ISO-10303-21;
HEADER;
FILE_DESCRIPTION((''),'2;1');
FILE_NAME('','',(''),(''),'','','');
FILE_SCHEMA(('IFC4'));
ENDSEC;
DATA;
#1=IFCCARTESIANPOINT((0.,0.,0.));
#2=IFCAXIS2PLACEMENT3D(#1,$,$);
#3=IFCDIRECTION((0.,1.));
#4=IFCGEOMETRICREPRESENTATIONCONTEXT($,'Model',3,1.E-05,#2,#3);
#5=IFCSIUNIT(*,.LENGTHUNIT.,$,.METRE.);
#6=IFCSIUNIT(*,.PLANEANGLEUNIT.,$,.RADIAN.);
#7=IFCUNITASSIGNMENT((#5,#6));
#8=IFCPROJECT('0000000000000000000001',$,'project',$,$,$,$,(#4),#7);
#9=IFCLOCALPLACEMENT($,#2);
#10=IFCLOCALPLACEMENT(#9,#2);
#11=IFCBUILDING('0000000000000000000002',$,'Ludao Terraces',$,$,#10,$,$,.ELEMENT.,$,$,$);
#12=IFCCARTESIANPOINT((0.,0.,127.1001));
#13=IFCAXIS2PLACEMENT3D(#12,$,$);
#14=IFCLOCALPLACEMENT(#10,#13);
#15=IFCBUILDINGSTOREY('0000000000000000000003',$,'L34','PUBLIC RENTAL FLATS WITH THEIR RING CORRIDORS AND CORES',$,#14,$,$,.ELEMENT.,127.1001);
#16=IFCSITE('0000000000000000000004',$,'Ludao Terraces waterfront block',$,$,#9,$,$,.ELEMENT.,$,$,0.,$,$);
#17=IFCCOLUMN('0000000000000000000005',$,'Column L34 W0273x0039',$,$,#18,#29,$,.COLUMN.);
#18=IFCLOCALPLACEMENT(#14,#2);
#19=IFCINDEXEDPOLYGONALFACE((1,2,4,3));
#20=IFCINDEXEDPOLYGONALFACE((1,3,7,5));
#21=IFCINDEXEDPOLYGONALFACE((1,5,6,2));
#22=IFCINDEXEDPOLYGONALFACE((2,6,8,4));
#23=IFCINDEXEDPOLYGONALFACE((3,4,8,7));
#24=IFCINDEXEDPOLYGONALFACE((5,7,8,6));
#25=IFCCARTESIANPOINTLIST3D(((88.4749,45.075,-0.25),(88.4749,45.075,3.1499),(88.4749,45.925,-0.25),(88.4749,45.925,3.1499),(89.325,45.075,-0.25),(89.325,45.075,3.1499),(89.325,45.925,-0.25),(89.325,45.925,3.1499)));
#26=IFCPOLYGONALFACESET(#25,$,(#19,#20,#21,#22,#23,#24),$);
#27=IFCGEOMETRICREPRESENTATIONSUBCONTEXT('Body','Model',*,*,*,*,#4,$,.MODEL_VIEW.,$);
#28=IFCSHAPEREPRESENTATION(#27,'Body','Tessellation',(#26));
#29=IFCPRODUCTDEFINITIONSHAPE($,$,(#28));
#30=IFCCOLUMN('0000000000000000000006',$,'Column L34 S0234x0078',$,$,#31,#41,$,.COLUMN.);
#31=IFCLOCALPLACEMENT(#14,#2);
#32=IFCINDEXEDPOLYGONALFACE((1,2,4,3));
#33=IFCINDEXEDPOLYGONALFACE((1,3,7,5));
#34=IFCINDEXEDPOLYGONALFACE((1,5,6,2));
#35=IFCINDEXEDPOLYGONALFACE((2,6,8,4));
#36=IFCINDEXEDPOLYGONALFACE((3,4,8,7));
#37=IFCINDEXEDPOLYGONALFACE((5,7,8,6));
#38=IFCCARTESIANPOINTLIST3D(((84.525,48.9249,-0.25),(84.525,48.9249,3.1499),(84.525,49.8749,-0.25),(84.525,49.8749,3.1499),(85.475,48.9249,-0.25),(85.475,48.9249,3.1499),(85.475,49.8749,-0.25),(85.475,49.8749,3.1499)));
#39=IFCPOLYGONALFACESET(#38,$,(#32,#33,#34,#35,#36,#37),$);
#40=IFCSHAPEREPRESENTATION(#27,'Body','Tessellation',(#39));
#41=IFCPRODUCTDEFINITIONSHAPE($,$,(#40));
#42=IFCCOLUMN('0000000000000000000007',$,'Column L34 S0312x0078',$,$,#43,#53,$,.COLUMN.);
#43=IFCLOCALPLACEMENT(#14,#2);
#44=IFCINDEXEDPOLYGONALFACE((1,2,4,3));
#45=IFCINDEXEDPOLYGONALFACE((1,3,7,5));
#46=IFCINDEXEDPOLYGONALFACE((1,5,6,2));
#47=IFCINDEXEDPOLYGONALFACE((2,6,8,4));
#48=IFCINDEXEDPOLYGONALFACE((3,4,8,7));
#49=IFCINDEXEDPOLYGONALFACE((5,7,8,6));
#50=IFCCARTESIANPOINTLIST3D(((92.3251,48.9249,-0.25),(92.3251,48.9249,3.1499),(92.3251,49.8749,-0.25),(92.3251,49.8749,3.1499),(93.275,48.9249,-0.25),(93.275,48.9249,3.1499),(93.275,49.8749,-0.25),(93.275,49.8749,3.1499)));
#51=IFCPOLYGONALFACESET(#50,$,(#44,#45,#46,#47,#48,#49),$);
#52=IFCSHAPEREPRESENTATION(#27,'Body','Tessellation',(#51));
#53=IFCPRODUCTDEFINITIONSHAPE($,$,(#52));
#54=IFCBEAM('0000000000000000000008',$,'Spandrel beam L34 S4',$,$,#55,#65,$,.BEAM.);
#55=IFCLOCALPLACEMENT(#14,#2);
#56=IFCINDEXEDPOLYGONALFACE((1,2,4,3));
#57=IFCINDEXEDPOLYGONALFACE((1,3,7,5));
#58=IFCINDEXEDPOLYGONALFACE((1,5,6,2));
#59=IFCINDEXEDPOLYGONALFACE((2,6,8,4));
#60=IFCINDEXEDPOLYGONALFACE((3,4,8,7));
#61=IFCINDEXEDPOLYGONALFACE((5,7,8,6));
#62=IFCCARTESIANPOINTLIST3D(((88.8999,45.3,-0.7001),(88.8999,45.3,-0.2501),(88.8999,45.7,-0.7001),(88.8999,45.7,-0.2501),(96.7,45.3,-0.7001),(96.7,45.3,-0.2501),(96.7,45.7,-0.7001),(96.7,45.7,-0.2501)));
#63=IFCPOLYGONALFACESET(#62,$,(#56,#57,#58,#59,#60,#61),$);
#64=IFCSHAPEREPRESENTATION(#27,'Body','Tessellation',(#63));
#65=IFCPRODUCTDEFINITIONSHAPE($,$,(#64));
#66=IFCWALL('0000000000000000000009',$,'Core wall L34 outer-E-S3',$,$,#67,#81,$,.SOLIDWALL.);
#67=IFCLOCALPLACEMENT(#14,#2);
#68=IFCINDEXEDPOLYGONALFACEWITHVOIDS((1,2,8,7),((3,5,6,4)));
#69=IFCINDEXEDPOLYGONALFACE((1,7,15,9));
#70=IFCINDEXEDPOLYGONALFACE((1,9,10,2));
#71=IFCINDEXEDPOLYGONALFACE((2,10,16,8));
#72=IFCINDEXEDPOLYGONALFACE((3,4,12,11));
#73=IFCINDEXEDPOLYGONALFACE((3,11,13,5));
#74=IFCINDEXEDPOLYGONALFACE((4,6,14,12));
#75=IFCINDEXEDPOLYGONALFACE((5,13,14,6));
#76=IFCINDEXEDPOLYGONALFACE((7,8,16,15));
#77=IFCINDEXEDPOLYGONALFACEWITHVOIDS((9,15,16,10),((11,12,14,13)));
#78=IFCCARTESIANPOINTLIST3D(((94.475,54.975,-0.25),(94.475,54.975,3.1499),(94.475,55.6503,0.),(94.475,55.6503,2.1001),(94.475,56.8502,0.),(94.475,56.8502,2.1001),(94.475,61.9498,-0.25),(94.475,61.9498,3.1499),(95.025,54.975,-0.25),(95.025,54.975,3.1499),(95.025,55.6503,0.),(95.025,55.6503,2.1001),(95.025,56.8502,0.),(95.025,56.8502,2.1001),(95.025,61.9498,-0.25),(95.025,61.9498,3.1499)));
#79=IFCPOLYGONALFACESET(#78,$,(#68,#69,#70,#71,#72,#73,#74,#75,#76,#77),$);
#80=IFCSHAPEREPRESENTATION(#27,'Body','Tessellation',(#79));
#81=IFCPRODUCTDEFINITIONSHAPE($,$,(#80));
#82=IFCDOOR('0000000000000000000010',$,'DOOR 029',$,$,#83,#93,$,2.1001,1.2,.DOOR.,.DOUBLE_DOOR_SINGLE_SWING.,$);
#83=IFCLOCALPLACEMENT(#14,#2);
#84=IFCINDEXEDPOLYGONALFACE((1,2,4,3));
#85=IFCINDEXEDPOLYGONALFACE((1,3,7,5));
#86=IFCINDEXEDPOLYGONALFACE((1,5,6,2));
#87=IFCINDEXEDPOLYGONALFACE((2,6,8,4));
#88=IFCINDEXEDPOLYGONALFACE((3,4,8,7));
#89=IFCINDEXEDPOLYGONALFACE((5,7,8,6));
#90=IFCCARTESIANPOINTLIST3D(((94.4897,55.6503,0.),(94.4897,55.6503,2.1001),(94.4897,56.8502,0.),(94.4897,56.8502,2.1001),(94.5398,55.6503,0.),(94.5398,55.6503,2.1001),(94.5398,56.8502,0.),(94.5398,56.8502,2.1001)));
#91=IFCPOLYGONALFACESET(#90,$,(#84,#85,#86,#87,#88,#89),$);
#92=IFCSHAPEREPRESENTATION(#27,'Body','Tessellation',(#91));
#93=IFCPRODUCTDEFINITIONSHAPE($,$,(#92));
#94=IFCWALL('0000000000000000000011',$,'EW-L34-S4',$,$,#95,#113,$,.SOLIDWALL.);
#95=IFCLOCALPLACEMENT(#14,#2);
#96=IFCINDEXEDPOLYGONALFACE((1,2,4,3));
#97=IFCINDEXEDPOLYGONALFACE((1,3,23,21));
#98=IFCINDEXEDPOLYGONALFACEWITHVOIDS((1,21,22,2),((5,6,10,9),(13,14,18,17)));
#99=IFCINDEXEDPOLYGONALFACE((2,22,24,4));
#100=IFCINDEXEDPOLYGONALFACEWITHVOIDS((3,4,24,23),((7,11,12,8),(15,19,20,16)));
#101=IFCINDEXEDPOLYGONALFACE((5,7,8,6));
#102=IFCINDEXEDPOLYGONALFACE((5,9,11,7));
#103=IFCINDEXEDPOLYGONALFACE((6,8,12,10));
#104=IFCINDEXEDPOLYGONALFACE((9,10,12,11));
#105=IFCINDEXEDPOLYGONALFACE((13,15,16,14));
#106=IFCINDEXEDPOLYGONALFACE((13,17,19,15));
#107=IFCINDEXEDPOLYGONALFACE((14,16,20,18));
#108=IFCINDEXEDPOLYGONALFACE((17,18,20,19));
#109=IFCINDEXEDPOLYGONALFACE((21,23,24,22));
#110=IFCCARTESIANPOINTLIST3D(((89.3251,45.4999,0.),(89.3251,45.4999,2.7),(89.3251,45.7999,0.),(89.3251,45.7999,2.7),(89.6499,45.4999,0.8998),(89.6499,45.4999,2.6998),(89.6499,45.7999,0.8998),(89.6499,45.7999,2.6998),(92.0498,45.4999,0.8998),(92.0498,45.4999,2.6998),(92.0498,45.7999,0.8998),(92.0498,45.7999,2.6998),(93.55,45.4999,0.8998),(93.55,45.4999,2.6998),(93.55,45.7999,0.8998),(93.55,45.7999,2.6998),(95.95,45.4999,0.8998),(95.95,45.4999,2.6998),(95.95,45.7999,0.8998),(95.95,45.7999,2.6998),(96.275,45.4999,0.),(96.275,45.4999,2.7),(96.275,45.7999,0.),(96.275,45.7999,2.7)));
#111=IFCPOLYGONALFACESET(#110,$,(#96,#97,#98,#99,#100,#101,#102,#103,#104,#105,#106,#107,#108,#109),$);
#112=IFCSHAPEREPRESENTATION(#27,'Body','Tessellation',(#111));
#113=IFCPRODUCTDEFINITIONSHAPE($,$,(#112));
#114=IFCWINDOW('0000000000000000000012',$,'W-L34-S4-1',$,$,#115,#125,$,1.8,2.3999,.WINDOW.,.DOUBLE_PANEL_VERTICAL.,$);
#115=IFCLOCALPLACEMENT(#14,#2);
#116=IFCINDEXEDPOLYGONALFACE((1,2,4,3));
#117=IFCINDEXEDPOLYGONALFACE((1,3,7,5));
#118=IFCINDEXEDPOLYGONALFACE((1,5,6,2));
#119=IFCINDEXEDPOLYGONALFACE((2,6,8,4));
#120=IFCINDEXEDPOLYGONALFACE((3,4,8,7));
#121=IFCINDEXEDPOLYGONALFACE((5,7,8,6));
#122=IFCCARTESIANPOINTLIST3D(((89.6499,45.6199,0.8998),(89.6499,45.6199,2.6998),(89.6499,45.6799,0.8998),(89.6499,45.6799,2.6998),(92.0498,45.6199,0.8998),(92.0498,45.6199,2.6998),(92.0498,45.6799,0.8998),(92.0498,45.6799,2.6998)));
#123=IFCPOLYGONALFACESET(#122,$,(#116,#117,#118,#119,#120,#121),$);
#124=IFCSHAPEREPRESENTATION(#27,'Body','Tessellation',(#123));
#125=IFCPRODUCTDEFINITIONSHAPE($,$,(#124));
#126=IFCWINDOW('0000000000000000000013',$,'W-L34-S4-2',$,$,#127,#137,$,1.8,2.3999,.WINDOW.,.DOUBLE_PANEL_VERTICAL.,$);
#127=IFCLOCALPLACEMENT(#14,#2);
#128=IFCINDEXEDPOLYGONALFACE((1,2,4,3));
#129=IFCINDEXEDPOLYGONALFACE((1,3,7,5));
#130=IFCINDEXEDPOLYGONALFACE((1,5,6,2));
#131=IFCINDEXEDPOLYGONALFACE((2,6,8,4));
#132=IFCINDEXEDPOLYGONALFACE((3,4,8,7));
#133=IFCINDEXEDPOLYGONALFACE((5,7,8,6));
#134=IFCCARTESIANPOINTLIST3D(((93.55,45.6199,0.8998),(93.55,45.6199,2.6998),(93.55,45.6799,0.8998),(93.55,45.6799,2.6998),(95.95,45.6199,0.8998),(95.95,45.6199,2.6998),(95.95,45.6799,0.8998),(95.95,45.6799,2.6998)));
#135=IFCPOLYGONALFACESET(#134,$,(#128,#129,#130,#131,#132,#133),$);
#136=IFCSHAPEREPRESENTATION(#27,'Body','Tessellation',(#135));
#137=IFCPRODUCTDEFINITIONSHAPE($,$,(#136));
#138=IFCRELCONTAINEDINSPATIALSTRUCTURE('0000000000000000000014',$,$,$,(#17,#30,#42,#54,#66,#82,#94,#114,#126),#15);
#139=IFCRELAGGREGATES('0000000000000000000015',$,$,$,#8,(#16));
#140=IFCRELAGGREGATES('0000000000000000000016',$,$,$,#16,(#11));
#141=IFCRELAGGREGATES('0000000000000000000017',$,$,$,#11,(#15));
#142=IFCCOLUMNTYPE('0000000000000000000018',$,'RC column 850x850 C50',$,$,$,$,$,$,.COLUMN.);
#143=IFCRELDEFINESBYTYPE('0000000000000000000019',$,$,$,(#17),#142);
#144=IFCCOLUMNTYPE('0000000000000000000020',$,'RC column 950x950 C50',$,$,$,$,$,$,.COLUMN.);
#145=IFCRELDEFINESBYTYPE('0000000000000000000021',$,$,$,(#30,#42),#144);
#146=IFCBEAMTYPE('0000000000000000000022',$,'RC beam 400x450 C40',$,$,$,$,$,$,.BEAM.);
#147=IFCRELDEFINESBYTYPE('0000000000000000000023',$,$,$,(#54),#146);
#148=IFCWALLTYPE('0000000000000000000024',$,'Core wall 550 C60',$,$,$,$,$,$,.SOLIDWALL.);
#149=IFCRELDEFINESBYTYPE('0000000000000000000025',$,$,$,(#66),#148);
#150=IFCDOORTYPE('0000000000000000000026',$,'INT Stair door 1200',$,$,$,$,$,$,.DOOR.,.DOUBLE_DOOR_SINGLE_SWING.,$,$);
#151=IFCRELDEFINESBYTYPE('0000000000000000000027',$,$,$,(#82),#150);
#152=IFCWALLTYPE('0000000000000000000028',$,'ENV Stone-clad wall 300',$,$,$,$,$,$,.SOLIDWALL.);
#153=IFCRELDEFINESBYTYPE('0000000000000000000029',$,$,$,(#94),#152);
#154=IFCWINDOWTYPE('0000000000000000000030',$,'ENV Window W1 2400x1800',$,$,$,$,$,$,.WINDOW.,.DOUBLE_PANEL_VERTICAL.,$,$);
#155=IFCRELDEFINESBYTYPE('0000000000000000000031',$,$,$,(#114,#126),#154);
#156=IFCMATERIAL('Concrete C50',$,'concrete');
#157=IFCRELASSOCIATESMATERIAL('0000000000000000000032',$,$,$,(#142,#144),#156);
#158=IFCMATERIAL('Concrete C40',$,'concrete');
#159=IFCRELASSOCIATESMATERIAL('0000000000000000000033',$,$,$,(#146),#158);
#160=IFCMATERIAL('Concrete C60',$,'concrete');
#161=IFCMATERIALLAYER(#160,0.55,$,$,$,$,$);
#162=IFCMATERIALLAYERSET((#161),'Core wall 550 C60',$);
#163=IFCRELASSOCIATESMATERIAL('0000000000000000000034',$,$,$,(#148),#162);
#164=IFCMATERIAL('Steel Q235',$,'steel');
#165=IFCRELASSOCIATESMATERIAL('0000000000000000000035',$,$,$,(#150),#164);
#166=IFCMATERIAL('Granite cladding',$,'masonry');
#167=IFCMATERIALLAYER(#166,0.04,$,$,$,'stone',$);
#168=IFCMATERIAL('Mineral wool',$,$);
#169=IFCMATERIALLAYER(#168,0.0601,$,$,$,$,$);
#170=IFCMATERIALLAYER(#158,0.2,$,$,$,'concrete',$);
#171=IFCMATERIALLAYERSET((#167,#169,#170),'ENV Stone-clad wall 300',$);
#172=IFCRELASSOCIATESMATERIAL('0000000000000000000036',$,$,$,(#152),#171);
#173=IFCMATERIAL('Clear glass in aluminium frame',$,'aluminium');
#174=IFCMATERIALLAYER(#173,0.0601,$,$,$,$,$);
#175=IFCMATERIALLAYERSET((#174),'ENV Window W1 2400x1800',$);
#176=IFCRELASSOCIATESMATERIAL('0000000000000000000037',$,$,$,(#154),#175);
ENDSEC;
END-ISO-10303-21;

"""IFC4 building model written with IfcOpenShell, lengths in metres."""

from ifc_helpers import new_model, si_unit, direction, frame, frame_2d, origin, origin_2d, place, context, subcontext, project, spatial, rectangle, extrude, material, layer, layer_set, material_profile, profile_set, type_object, element, fill, save


model = new_model("IFC4")

# Units and contexts
model_context = context("Model", 3, precision=1e-05, world=origin(), true_north=direction((0.0, 1.0)))
body_context = subcontext(model_context, "Body", "Model", "MODEL_VIEW")
ifc_project = project(units=[si_unit("LENGTHUNIT", "METRE"), si_unit("PLANEANGLEUNIT", "RADIAN")], contexts=[model_context])

# Site, building, storey
site_placement = place(None, origin())
site = spatial("IfcSite", under=ifc_project, at=site_placement, Name="Ludao Terraces waterfront block", CompositionType="ELEMENT", RefElevation=0.0)
building_placement = place(site_placement, origin())
building = spatial("IfcBuilding", under=site, at=building_placement, Name="Ludao Terraces", CompositionType="ELEMENT")
storey_placement = place(building_placement, frame((0.0, 0.0, 127.1001)))
storey = spatial("IfcBuildingStorey", under=building, at=storey_placement, Name="L34", Description="PUBLIC RENTAL FLATS WITH THEIR RING CORRIDORS AND CORES", CompositionType="ELEMENT", Elevation=127.1001)

# Columns
ifc_material_1 = material(Name="Concrete C50", Category="concrete")
ifc_material_profile_1 = material_profile(ifc_material_1, rectangle(XDim=0.8501, YDim=0.8501, at=origin_2d()), Name="850 X 850")
ifc_profile_set_1 = profile_set([ifc_material_profile_1], Name="Concrete C50")
column_type_1 = type_object("IfcColumnType", Name="RC column 850x850 C50", PredefinedType="COLUMN", material=ifc_profile_set_1)
column_placement = place(storey_placement, frame((88.8999, 45.5, -0.25), z_axis=(0.0, 0.0, 1.0), x_axis=(1.0, 0.0, 0.0)))
element("IfcColumn", 1, at=column_placement, inside=storey, type_object=column_type_1, Name="Column L34 W0273x0039", PredefinedType="COLUMN", context=body_context, shape_type="SweptSolid", body=[
    extrude(rectangle(XDim=0.8501, YDim=0.8501, at=origin_2d()), origin(), (0.0, 0.0, 1.0), 3.3999),
])
ifc_material_profile_2 = material_profile(ifc_material_1, rectangle(XDim=0.95, YDim=0.95, at=origin_2d()), Name="950 X 950")
ifc_profile_set_2 = profile_set([ifc_material_profile_2], Name="Concrete C50")
column_type_2 = type_object("IfcColumnType", Name="RC column 950x950 C50", PredefinedType="COLUMN", material=ifc_profile_set_2)
for number, where, z_axis, x_axis, name in (
    (2, (85.0, 49.3999, -0.25), (0.0, 0.0, 1.0), (1.0, 0.0, 0.0), "Column L34 S0234x0078"),
    (3, (92.8, 49.3999, -0.25), (0.0, 0.0, 1.0), (1.0, 0.0, 0.0), "Column L34 S0312x0078"),
):
    element("IfcColumn", number, at=place(storey_placement, frame(where, z_axis=z_axis, x_axis=x_axis)), inside=storey, type_object=column_type_2, Name=name, PredefinedType="COLUMN", context=body_context, shape_type="SweptSolid", body=[
        extrude(rectangle(XDim=0.95, YDim=0.95, at=origin_2d()), origin(), (0.0, 0.0, 1.0), 3.3999),
    ])

# Beam
ifc_material_2 = material(Name="Concrete C40", Category="concrete")
ifc_material_profile_3 = material_profile(ifc_material_2, rectangle(XDim=0.3999, YDim=0.45, at=origin_2d()), Name="400 X 450")
ifc_profile_set_3 = profile_set([ifc_material_profile_3], Name="Concrete C40")
beam_type = type_object("IfcBeamType", Name="RC beam 400x450 C40", PredefinedType="BEAM", material=ifc_profile_set_3)
beam_placement = place(storey_placement, frame((88.8999, 45.5, -0.4751), z_axis=(1.0, 0.0, 0.0), x_axis=(0.0, 1.0, 0.0)))
element("IfcBeam", 4, at=beam_placement, inside=storey, type_object=beam_type, Name="Spandrel beam L34 S4", PredefinedType="BEAM", context=body_context, shape_type="SweptSolid", body=[
    extrude(rectangle(XDim=0.3999, YDim=0.45, at=origin_2d()), origin(), (0.0, 0.0, 1.0), 7.8),
])

# Wall, opening, door
ifc_material_3 = material(Name="Concrete C60", Category="concrete")
ifc_layer_1 = layer(ifc_material_3, 0.55)
ifc_layer_set_1 = layer_set([ifc_layer_1], Name="Core wall 550 C60")
wall_type_1 = type_object("IfcWallType", Name="Core wall 550 C60", PredefinedType="SOLIDWALL", material=ifc_layer_set_1)
wall_1_placement = place(storey_placement, frame((94.75, 54.9751, -0.25), z_axis=(0.0, 0.0, 1.0), x_axis=(0.0, 1.0, 0.0)))
wall_1 = element("IfcWall", 5, at=wall_1_placement, inside=storey, type_object=wall_type_1, Name="Core wall L34 outer-E-S3", PredefinedType="SOLIDWALL", context=body_context, shape_type="SweptSolid", body=[
    extrude(rectangle(XDim=6.9749, YDim=0.55, at=frame_2d((3.4873, 0.0))), origin(), (0.0, 0.0, 1.0), 3.3999),
])
opening_1_placement = place(wall_1_placement, frame((0.675, 0.0, 0.25)))
opening_1 = element("IfcOpeningElement", 6, at=opening_1_placement, cuts=wall_1, PredefinedType="OPENING", context=body_context, shape_type="SweptSolid", body=[
    extrude(rectangle(XDim=1.2, YDim=2.1001, at=frame_2d((0.6001, 1.05))), frame((0.0, 0.2852, 0.0), z_axis=(0.0, -1.0, 0.0), x_axis=(1.0, 0.0, 0.0)), (0.0, 0.0, 1.0), 0.5701),
])
ifc_material_4 = material(Name="Steel Q235", Category="steel")
door_type_1 = type_object("IfcDoorType", Name="INT Stair door 1200", OperationType="DOUBLE_DOOR_SINGLE_SWING", PredefinedType="DOOR", material=ifc_material_4)
door_1_placement = place(opening_1_placement, origin())
door_1 = element("IfcDoor", 7, at=door_1_placement, inside=storey, type_object=door_type_1, Name="DOOR 029", OperationType="DOUBLE_DOOR_SINGLE_SWING", OverallHeight=2.1001, OverallWidth=1.2, PredefinedType="DOOR", context=body_context, shape_type="SweptSolid", body=[
    extrude(rectangle(XDim=1.2, YDim=2.1001, at=frame_2d((0.6001, 1.05))), frame((0.0, 0.2603, 0.0), z_axis=(0.0, -1.0, 0.0), x_axis=(1.0, 0.0, 0.0)), (0.0, 0.0, 1.0), 0.05),
])
fill(opening_1, door_1)

# Wall, openings, windows
ifc_material_5 = material(Name="Granite cladding", Category="masonry")
ifc_layer_2 = layer(ifc_material_5, 0.04, Category="stone")
ifc_material_6 = material(Name="Mineral wool")
ifc_layer_3 = layer(ifc_material_6, 0.0601)
ifc_layer_4 = layer(ifc_material_2, 0.2, Category="concrete")
ifc_layer_set_2 = layer_set([ifc_layer_2, ifc_layer_3, ifc_layer_4], Name="ENV Stone-clad wall 300")
wall_type_2 = type_object("IfcWallType", Name="ENV Stone-clad wall 300", PredefinedType="SOLIDWALL", material=ifc_layer_set_2)
wall_2_placement = place(storey_placement, frame((89.325, 45.6499, 0.0), z_axis=(0.0, 0.0, 1.0), x_axis=(1.0, 0.0, 0.0)))
wall_2 = element("IfcWall", 8, at=wall_2_placement, inside=storey, type_object=wall_type_2, Name="EW-L34-S4", PredefinedType="SOLIDWALL", context=body_context, shape_type="SweptSolid", body=[
    extrude(rectangle(XDim=6.95, YDim=0.3, at=frame_2d((3.4751, 0.0))), origin(), (0.0, 0.0, 1.0), 2.7),
])
opening_2_placement = place(wall_2_placement, frame((0.325, 0.0, 0.8999)))
opening_2 = element("IfcOpeningElement", 9, at=opening_2_placement, cuts=wall_2, PredefinedType="OPENING", context=body_context, shape_type="SweptSolid", body=[
    extrude(rectangle(XDim=2.3999, YDim=1.8, at=frame_2d((1.2, 0.8999))), frame((0.0, 0.1602, 0.0), z_axis=(0.0, -1.0, 0.0), x_axis=(1.0, 0.0, 0.0)), (0.0, 0.0, 1.0), 0.3201),
])
opening_3_placement = place(wall_2_placement, frame((4.2251, 0.0, 0.8999)))
opening_3 = element("IfcOpeningElement", 10, at=opening_3_placement, cuts=wall_2, PredefinedType="OPENING", context=body_context, shape_type="SweptSolid", body=[
    extrude(rectangle(XDim=2.3999, YDim=1.8, at=frame_2d((1.2, 0.8999))), frame((0.0, 0.1602, 0.0), z_axis=(0.0, -1.0, 0.0), x_axis=(1.0, 0.0, 0.0)), (0.0, 0.0, 1.0), 0.3201),
])
ifc_material_7 = material(Name="Clear glass in aluminium frame", Category="aluminium")
ifc_layer_5 = layer(ifc_material_7, 0.0601)
ifc_layer_set_3 = layer_set([ifc_layer_5], Name="ENV Window W1 2400x1800")
window_type = type_object("IfcWindowType", Name="ENV Window W1 2400x1800", PartitioningType="DOUBLE_PANEL_VERTICAL", PredefinedType="WINDOW", material=ifc_layer_set_3)
window_1_placement = place(opening_2_placement, origin())
window_1 = element("IfcWindow", 11, at=window_1_placement, inside=storey, type_object=window_type, Name="W-L34-S4-1", OverallHeight=1.8, OverallWidth=2.3999, PartitioningType="DOUBLE_PANEL_VERTICAL", PredefinedType="WINDOW", context=body_context, shape_type="SweptSolid", body=[
    extrude(rectangle(XDim=2.3999, YDim=1.8, at=frame_2d((1.2, 0.8999))), frame((0.0, 0.03, 0.0), z_axis=(0.0, -1.0, 0.0), x_axis=(1.0, 0.0, 0.0)), (0.0, 0.0, 1.0), 0.0601),
])
fill(opening_2, window_1)
window_2_placement = place(opening_3_placement, origin())
window_2 = element("IfcWindow", 12, at=window_2_placement, inside=storey, type_object=window_type, Name="W-L34-S4-2", OverallHeight=1.8, OverallWidth=2.3999, PartitioningType="DOUBLE_PANEL_VERTICAL", PredefinedType="WINDOW", context=body_context, shape_type="SweptSolid", body=[
    extrude(rectangle(XDim=2.3999, YDim=1.8, at=frame_2d((1.2, 0.8999))), frame((0.0, 0.03, 0.0), z_axis=(0.0, -1.0, 0.0), x_axis=(1.0, 0.0, 0.0)), (0.0, 0.0, 1.0), 0.0601),
])
fill(opening_3, window_2)

save(model, "model.ifc")
